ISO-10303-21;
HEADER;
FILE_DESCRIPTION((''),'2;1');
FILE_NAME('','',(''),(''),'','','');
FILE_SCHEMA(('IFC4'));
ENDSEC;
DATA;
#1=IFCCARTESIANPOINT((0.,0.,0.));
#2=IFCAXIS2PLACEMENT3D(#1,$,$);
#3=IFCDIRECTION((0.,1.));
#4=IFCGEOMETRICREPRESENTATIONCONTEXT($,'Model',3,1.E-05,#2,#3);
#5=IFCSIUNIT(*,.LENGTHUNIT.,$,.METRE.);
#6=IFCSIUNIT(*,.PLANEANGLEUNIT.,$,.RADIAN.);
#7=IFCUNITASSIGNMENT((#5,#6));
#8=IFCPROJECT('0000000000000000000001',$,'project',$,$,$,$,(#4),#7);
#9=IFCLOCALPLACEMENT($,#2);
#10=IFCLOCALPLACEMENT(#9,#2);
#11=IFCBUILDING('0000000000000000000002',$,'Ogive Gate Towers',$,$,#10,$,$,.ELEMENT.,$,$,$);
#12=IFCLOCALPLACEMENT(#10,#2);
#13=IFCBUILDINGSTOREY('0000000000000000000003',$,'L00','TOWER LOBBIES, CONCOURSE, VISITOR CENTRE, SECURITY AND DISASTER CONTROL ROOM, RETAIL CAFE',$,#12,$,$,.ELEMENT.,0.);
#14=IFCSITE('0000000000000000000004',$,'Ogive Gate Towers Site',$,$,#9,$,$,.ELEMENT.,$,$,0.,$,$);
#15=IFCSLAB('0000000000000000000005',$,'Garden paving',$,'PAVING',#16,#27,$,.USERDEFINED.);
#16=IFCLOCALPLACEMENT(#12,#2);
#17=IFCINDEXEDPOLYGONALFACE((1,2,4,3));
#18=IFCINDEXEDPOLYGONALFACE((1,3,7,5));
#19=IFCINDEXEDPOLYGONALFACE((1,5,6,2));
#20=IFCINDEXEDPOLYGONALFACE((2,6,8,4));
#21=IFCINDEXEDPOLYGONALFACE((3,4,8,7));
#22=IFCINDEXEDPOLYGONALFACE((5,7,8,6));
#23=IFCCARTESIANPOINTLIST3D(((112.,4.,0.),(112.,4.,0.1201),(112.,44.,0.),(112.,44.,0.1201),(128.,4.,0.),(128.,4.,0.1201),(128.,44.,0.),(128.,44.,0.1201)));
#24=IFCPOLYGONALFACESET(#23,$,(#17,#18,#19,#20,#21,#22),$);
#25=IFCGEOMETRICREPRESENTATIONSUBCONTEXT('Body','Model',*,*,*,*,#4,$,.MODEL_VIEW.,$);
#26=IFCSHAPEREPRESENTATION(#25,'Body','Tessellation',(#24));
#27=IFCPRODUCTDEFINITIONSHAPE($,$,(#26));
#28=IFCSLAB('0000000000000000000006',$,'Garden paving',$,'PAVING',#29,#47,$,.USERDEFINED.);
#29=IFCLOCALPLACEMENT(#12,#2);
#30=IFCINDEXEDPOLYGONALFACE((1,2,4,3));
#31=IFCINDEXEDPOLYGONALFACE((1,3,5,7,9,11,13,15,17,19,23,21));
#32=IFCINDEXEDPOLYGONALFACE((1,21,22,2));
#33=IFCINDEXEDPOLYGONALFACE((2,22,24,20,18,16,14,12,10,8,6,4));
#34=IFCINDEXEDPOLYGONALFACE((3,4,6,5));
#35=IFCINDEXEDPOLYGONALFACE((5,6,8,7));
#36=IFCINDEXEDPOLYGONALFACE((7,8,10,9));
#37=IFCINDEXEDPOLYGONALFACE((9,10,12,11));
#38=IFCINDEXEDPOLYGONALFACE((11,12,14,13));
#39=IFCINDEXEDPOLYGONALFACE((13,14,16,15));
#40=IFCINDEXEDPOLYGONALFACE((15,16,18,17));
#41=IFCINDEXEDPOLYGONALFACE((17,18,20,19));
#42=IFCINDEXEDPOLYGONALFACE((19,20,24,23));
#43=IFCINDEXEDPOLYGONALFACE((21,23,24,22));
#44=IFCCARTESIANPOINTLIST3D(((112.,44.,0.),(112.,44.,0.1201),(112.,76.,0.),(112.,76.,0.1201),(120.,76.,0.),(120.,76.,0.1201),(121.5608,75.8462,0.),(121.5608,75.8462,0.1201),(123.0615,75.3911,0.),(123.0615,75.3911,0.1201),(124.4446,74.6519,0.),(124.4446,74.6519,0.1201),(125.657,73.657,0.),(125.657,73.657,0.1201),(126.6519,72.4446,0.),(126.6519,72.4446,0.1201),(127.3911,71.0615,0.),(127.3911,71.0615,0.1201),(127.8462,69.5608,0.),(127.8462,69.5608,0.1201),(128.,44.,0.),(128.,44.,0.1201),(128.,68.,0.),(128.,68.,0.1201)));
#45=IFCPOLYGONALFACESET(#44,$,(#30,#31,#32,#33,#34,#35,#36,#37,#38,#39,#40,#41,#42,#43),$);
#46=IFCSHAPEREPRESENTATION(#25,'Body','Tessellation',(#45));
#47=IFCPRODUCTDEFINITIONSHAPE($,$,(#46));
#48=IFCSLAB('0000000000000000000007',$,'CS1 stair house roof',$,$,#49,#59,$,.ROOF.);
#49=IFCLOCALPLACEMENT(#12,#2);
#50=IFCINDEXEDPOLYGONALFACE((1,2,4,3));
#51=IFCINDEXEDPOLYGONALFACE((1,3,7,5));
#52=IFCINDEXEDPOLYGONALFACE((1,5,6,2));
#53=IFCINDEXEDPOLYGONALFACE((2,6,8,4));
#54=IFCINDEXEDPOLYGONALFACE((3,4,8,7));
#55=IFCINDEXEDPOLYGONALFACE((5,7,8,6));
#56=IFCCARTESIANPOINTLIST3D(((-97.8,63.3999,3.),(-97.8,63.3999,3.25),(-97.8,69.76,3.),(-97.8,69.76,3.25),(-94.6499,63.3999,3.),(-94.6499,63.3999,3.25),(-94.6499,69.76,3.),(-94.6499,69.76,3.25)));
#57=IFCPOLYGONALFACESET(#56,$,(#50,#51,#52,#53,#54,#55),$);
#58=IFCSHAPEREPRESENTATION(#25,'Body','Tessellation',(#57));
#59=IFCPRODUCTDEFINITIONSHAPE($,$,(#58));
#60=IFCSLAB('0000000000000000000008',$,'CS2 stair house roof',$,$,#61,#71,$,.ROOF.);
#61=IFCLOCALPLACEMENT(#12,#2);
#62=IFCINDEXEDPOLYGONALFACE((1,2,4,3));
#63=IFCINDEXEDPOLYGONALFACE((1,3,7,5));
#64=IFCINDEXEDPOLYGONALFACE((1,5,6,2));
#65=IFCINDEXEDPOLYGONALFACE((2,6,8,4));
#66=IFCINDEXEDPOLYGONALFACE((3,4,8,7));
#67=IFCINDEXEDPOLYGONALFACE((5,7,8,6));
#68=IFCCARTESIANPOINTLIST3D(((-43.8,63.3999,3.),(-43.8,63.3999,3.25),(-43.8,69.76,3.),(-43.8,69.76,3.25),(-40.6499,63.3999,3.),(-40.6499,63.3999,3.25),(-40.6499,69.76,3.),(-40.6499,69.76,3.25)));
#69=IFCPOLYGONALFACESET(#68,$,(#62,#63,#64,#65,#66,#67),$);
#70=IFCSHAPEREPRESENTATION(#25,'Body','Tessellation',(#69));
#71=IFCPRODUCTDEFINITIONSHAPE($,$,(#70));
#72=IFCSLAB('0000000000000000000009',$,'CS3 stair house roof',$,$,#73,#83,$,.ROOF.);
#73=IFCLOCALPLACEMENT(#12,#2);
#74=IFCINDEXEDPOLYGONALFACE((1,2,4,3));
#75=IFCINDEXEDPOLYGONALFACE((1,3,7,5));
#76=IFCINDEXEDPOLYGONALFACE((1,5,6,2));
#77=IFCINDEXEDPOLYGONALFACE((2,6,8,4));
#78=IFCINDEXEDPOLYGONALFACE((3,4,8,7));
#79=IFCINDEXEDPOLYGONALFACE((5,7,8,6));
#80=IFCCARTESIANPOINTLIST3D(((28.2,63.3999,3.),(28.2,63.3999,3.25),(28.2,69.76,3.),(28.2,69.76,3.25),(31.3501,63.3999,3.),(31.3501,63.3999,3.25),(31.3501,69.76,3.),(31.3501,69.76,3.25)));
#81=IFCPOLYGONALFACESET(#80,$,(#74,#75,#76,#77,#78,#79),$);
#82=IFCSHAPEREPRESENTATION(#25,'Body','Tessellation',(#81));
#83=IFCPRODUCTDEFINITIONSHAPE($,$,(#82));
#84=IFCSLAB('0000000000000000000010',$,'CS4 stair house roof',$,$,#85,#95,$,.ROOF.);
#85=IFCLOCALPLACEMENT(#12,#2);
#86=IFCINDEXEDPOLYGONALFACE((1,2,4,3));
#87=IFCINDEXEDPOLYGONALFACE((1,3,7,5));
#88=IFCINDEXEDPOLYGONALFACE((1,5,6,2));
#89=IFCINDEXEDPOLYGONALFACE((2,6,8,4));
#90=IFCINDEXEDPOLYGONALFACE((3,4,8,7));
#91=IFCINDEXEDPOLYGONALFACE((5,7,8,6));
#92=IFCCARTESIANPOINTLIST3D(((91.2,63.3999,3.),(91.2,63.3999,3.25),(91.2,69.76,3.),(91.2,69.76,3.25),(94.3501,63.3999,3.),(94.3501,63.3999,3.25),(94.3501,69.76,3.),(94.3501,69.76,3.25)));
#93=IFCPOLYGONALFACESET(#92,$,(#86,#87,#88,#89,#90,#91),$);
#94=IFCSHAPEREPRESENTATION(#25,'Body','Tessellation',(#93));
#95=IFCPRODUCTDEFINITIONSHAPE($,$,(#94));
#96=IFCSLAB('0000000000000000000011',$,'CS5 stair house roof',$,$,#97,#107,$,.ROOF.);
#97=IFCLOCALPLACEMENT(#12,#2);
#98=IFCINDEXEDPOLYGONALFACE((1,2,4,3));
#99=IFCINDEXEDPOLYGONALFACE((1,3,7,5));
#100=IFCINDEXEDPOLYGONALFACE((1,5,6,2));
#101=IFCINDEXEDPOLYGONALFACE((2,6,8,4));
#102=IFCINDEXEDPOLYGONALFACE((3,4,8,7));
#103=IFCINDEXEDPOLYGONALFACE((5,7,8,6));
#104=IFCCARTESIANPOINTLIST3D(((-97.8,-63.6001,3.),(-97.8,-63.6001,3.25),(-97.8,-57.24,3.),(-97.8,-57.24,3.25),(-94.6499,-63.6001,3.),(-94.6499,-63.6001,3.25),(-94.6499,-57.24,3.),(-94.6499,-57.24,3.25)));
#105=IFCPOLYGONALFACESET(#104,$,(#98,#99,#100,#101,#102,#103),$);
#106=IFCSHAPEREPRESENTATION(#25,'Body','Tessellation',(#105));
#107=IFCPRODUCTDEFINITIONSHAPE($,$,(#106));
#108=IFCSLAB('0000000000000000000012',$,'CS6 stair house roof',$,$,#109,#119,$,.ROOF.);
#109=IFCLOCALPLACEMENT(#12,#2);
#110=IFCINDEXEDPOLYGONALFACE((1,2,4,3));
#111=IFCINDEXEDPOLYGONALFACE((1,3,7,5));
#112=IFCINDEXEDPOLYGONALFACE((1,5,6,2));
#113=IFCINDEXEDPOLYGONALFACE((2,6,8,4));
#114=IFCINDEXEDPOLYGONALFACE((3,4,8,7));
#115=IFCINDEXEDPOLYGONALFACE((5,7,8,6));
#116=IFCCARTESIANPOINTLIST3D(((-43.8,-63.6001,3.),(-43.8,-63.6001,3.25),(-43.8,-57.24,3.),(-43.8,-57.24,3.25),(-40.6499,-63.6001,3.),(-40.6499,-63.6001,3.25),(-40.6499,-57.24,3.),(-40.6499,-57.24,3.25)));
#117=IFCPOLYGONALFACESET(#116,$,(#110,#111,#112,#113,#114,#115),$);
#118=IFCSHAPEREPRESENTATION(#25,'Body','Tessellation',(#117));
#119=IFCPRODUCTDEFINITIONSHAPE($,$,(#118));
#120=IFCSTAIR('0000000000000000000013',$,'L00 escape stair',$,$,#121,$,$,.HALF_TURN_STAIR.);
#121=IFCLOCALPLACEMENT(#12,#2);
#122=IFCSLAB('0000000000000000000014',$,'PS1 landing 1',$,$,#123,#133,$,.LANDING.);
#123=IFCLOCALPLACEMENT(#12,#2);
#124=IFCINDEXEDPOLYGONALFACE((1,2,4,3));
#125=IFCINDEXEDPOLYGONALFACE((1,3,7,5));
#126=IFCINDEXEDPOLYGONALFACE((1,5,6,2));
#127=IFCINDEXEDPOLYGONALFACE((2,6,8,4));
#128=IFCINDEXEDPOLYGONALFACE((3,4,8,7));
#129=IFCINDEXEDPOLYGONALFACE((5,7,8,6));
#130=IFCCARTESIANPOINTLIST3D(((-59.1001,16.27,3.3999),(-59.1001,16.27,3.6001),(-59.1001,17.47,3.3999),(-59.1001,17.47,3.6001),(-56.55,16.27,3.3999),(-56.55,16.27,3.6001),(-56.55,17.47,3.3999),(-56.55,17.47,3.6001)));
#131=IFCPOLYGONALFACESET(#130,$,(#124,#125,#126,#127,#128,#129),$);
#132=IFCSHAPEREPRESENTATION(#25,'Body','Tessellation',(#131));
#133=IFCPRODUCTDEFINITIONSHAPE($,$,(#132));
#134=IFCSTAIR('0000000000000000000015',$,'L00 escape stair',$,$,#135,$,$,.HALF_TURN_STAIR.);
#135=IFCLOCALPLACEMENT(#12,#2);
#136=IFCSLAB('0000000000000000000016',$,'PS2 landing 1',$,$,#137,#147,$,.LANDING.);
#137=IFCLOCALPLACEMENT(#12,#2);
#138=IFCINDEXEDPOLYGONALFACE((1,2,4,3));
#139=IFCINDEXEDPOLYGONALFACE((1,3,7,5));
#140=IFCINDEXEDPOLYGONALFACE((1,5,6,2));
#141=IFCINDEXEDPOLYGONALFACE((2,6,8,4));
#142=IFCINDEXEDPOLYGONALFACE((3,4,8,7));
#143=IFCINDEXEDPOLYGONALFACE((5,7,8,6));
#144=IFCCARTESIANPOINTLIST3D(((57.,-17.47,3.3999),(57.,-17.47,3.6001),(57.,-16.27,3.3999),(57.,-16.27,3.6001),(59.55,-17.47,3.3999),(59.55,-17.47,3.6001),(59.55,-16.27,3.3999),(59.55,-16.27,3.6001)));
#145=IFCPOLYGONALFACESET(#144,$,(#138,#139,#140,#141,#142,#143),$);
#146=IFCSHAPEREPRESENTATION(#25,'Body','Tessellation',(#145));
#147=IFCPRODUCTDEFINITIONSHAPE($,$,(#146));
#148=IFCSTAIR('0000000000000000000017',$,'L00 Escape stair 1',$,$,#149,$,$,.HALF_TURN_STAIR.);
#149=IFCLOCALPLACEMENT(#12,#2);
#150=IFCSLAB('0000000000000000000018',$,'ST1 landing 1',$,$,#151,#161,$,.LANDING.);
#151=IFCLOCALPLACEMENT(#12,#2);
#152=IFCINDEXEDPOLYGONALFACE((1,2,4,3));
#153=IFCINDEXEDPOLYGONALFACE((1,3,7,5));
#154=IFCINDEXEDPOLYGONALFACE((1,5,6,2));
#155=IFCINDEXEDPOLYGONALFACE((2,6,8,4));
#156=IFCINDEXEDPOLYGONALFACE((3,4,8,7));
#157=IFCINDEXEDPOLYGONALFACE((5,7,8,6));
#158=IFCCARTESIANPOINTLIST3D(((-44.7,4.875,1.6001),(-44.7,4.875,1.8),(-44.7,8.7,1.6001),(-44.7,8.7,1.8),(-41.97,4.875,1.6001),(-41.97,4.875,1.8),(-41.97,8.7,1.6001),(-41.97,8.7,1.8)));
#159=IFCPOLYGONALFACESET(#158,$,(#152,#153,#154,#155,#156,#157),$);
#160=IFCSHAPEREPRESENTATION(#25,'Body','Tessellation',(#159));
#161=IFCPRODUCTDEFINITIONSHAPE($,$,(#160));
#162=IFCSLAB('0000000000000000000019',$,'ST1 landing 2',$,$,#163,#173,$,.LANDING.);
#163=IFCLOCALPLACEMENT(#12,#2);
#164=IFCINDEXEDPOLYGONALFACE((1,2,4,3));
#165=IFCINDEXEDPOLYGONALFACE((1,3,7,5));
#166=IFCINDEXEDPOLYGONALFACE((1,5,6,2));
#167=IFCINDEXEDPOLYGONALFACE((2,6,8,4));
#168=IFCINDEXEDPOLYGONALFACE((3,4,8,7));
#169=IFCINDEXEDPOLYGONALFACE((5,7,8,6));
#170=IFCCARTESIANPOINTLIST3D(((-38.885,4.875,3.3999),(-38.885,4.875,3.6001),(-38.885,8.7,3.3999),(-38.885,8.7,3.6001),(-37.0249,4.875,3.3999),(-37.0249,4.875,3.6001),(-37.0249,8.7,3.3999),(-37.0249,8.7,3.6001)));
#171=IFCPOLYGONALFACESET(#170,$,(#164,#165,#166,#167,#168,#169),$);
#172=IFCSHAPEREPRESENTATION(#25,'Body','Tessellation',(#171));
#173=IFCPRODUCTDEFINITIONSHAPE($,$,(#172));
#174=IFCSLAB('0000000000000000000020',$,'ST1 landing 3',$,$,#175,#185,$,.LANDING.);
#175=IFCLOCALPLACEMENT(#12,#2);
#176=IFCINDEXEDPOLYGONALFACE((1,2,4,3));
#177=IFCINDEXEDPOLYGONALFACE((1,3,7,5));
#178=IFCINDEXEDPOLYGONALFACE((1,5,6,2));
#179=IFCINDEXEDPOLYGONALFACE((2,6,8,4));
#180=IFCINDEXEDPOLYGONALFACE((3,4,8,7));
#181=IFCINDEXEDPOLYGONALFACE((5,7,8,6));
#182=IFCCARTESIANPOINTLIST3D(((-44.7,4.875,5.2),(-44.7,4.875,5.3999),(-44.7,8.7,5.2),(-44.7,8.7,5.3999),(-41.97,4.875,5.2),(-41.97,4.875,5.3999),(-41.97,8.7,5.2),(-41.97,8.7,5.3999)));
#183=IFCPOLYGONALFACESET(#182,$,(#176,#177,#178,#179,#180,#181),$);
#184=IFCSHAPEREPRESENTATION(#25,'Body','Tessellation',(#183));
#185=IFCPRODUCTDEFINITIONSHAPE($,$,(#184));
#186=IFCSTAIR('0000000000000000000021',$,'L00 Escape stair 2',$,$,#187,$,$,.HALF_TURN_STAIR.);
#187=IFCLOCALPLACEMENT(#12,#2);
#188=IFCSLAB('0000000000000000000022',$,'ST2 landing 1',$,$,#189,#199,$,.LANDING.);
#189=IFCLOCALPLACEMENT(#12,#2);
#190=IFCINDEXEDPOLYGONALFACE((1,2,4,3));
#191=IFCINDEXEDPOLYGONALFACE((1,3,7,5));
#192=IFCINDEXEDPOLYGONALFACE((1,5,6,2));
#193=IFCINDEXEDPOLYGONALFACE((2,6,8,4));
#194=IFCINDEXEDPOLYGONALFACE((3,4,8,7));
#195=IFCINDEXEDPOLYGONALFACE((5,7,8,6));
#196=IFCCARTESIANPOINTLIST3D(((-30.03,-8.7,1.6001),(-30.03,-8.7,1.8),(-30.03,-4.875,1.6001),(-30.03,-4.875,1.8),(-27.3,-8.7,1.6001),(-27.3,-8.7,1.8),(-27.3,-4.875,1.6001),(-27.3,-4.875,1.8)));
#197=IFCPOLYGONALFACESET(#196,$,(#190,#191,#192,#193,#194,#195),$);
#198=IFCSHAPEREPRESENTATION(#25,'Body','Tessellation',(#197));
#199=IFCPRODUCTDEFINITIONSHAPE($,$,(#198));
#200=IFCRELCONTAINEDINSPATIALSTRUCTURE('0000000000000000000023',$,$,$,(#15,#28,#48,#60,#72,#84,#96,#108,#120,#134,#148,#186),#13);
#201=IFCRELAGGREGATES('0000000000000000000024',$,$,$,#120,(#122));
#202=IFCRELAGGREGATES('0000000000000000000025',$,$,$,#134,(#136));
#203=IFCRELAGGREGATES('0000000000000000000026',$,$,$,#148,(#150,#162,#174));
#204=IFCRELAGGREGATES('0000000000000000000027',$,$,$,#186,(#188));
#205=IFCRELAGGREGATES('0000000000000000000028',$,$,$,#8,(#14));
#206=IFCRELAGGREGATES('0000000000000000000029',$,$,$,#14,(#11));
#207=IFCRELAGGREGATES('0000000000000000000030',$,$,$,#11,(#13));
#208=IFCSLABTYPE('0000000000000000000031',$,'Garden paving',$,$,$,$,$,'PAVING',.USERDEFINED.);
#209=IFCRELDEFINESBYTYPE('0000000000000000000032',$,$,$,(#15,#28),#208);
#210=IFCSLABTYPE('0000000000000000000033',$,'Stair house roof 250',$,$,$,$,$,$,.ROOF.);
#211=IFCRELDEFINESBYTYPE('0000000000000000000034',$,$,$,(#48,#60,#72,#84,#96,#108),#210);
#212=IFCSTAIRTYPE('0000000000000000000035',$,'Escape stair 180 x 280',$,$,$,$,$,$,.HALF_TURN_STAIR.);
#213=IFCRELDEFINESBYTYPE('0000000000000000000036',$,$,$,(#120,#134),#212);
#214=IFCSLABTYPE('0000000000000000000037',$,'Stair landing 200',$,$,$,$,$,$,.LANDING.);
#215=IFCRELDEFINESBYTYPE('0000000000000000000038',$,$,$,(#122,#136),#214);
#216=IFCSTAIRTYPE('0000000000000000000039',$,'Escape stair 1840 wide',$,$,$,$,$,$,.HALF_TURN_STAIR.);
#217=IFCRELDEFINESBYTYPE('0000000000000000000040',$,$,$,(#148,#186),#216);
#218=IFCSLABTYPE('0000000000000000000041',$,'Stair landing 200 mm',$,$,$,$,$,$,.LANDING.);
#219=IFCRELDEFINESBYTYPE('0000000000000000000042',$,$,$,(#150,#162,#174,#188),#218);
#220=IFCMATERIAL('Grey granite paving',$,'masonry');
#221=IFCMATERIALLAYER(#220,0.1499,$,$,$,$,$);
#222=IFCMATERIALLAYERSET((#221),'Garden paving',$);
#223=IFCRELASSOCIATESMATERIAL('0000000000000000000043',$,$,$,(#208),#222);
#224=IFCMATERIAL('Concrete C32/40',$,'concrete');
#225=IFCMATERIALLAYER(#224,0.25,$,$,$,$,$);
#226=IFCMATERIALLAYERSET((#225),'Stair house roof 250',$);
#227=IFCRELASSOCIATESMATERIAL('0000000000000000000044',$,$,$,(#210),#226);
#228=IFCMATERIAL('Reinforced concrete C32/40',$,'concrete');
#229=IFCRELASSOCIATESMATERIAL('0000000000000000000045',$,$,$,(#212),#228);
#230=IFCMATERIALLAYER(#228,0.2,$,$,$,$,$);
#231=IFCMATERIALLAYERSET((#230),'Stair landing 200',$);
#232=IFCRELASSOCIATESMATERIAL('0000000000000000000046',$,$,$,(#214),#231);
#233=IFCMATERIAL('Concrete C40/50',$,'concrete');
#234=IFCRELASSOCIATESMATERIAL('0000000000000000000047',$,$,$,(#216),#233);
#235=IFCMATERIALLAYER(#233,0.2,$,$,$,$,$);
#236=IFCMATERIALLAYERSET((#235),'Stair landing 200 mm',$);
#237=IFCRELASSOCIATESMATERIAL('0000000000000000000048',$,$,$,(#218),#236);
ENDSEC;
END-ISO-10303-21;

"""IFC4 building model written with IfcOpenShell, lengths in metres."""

from ifc_helpers import new_model, si_unit, direction, frame, origin, place, context, subcontext, project, spatial, polyline, outline, extrude, material, layer, layer_set, type_object, element, aggregate, save


model = new_model("IFC4")

# Units and contexts
model_context = context("Model", 3, precision=1e-05, world=origin(), true_north=direction((0.0, 1.0)))
body_context = subcontext(model_context, "Body", "Model", "MODEL_VIEW")
ifc_project = project(units=[si_unit("LENGTHUNIT", "METRE"), si_unit("PLANEANGLEUNIT", "RADIAN")], contexts=[model_context])

# Site, building, storey
site_placement = place(None, origin())
site = spatial("IfcSite", under=ifc_project, at=site_placement, Name="Ogive Gate Towers Site", CompositionType="ELEMENT", RefElevation=0.0)
building_placement = place(site_placement, origin())
building = spatial("IfcBuilding", under=site, at=building_placement, Name="Ogive Gate Towers", CompositionType="ELEMENT")
storey_placement = place(building_placement, origin())
storey = spatial("IfcBuildingStorey", under=building, at=storey_placement, Name="L00", Description="TOWER LOBBIES, CONCOURSE, VISITOR CENTRE, SECURITY AND DISASTER CONTROL ROOM, RETAIL CAFE", CompositionType="ELEMENT", Elevation=0.0)

# Slabs
ifc_material_1 = material(Name="Grey granite paving", Category="masonry")
ifc_layer_1 = layer(ifc_material_1, 0.1499)
ifc_layer_set_1 = layer_set([ifc_layer_1], Name="Garden paving")
slab_type_1 = type_object("IfcSlabType", Name="Garden paving", ElementType="PAVING", PredefinedType="USERDEFINED", material=ifc_layer_set_1)
slab_1_placement = place(storey_placement, origin())
element("IfcSlab", 1, at=slab_1_placement, inside=storey, type_object=slab_type_1, Name="Garden paving", ObjectType="PAVING", PredefinedType="USERDEFINED", context=body_context, shape_type="SweptSolid", body=[
    extrude(outline(polyline([(128.0, 4.0), (112.0, 4.0), (112.0, 44.0), (128.0, 44.0), (128.0, 4.0)])), origin(), (0.0, 0.0, 1.0), 0.1201),
])
slab_2_placement = place(storey_placement, origin())
element("IfcSlab", 2, at=slab_2_placement, inside=storey, type_object=slab_type_1, Name="Garden paving", ObjectType="PAVING", PredefinedType="USERDEFINED", context=body_context, shape_type="SweptSolid", body=[
    extrude(outline(polyline([(120.0, 76.0), (121.5608, 75.8462), (123.0615, 75.3911), (124.4446, 74.6519), (125.657, 73.657), (126.6519, 72.4446), (127.3911, 71.0615), (127.8462, 69.5608), (128.0, 68.0), (128.0, 44.0), (112.0, 44.0), (112.0, 76.0), (120.0, 76.0)])), origin(), (0.0, 0.0, 1.0), 0.1201),
])
ifc_material_2 = material(Name="Concrete C32/40", Category="concrete")
ifc_layer_2 = layer(ifc_material_2, 0.25)
ifc_layer_set_2 = layer_set([ifc_layer_2], Name="Stair house roof 250")
slab_type_2 = type_object("IfcSlabType", Name="Stair house roof 250", PredefinedType="ROOF", material=ifc_layer_set_2)
slab_3_placement = place(storey_placement, frame((0.0, 0.0, 3.0)))
element("IfcSlab", 3, at=slab_3_placement, inside=storey, type_object=slab_type_2, Name="CS1 stair house roof", PredefinedType="ROOF", context=body_context, shape_type="SweptSolid", body=[
    extrude(outline(polyline([(-94.6499, 63.3999), (-97.8, 63.3999), (-97.8, 69.76), (-94.6499, 69.76), (-94.6499, 63.3999)])), origin(), (0.0, 0.0, 1.0), 0.25),
])
slab_4_placement = place(storey_placement, frame((0.0, 0.0, 3.0)))
element("IfcSlab", 4, at=slab_4_placement, inside=storey, type_object=slab_type_2, Name="CS2 stair house roof", PredefinedType="ROOF", context=body_context, shape_type="SweptSolid", body=[
    extrude(outline(polyline([(-40.6499, 63.3999), (-43.8, 63.3999), (-43.8, 69.76), (-40.6499, 69.76), (-40.6499, 63.3999)])), origin(), (0.0, 0.0, 1.0), 0.25),
])
slab_5_placement = place(storey_placement, frame((0.0, 0.0, 3.0)))
element("IfcSlab", 5, at=slab_5_placement, inside=storey, type_object=slab_type_2, Name="CS3 stair house roof", PredefinedType="ROOF", context=body_context, shape_type="SweptSolid", body=[
    extrude(outline(polyline([(31.3501, 63.3999), (28.2, 63.3999), (28.2, 69.76), (31.3501, 69.76), (31.3501, 63.3999)])), origin(), (0.0, 0.0, 1.0), 0.25),
])
slab_6_placement = place(storey_placement, frame((0.0, 0.0, 3.0)))
element("IfcSlab", 6, at=slab_6_placement, inside=storey, type_object=slab_type_2, Name="CS4 stair house roof", PredefinedType="ROOF", context=body_context, shape_type="SweptSolid", body=[
    extrude(outline(polyline([(94.3501, 63.3999), (91.2, 63.3999), (91.2, 69.76), (94.3501, 69.76), (94.3501, 63.3999)])), origin(), (0.0, 0.0, 1.0), 0.25),
])
slab_7_placement = place(storey_placement, frame((0.0, 0.0, 3.0)))
element("IfcSlab", 7, at=slab_7_placement, inside=storey, type_object=slab_type_2, Name="CS5 stair house roof", PredefinedType="ROOF", context=body_context, shape_type="SweptSolid", body=[
    extrude(outline(polyline([(-94.6499, -63.6001), (-97.8, -63.6001), (-97.8, -57.24), (-94.6499, -57.24), (-94.6499, -63.6001)])), origin(), (0.0, 0.0, 1.0), 0.25),
])
slab_8_placement = place(storey_placement, frame((0.0, 0.0, 3.0)))
element("IfcSlab", 8, at=slab_8_placement, inside=storey, type_object=slab_type_2, Name="CS6 stair house roof", PredefinedType="ROOF", context=body_context, shape_type="SweptSolid", body=[
    extrude(outline(polyline([(-40.6499, -63.6001), (-43.8, -63.6001), (-43.8, -57.24), (-40.6499, -57.24), (-40.6499, -63.6001)])), origin(), (0.0, 0.0, 1.0), 0.25),
])

# Stairs, slabs
ifc_material_3 = material(Name="Reinforced concrete C32/40", Category="concrete")
stair_type_1 = type_object("IfcStairType", Name="Escape stair 180 x 280", PredefinedType="HALF_TURN_STAIR", material=ifc_material_3)
stair_1_placement = place(storey_placement, origin())
stair_1 = element("IfcStair", 9, at=stair_1_placement, inside=storey, type_object=stair_type_1, Name="L00 escape stair", PredefinedType="HALF_TURN_STAIR")
ifc_layer_3 = layer(ifc_material_3, 0.2)
ifc_layer_set_3 = layer_set([ifc_layer_3], Name="Stair landing 200")
slab_type_3 = type_object("IfcSlabType", Name="Stair landing 200", PredefinedType="LANDING", material=ifc_layer_set_3)
slab_9_placement = place(storey_placement, frame((0.0, 0.0, 3.3999)))
slab_9 = element("IfcSlab", 10, at=slab_9_placement, type_object=slab_type_3, Name="PS1 landing 1", PredefinedType="LANDING", context=body_context, shape_type="SweptSolid", body=[
    extrude(outline(polyline([(-56.55, 16.27), (-56.55, 17.47), (-59.1001, 17.47), (-59.1001, 16.27), (-56.55, 16.27)])), origin(), (0.0, 0.0, 1.0), 0.2002),
])
aggregate(stair_1, [slab_9])
stair_2_placement = place(storey_placement, origin())
stair_2 = element("IfcStair", 11, at=stair_2_placement, inside=storey, type_object=stair_type_1, Name="L00 escape stair", PredefinedType="HALF_TURN_STAIR")
slab_10_placement = place(storey_placement, frame((0.0, 0.0, 3.3999)))
slab_10 = element("IfcSlab", 12, at=slab_10_placement, type_object=slab_type_3, Name="PS2 landing 1", PredefinedType="LANDING", context=body_context, shape_type="SweptSolid", body=[
    extrude(outline(polyline([(57.0, -16.27), (57.0, -17.47), (59.55, -17.47), (59.55, -16.27), (57.0, -16.27)])), origin(), (0.0, 0.0, 1.0), 0.2002),
])
aggregate(stair_2, [slab_10])

# Stairs, slabs
ifc_material_4 = material(Name="Concrete C40/50", Category="concrete")
stair_type_2 = type_object("IfcStairType", Name="Escape stair 1840 wide", PredefinedType="HALF_TURN_STAIR", material=ifc_material_4)
stair_3_placement = place(storey_placement, origin())
stair_3 = element("IfcStair", 13, at=stair_3_placement, inside=storey, type_object=stair_type_2, Name="L00 Escape stair 1", PredefinedType="HALF_TURN_STAIR")
ifc_layer_4 = layer(ifc_material_4, 0.2)
ifc_layer_set_4 = layer_set([ifc_layer_4], Name="Stair landing 200 mm")
slab_type_4 = type_object("IfcSlabType", Name="Stair landing 200 mm", PredefinedType="LANDING", material=ifc_layer_set_4)
slab_11_placement = place(storey_placement, frame((0.0, 0.0, 1.6001)))
slab_11 = element("IfcSlab", 14, at=slab_11_placement, type_object=slab_type_4, Name="ST1 landing 1", PredefinedType="LANDING", context=body_context, shape_type="SweptSolid", body=[
    extrude(outline(polyline([(-41.97, 8.7), (-44.7, 8.7), (-44.7, 4.875), (-41.97, 4.875), (-41.97, 8.7)])), origin(), (0.0, 0.0, 1.0), 0.2),
])
slab_12_placement = place(storey_placement, frame((0.0, 0.0, 3.3999)))
slab_12 = element("IfcSlab", 15, at=slab_12_placement, type_object=slab_type_4, Name="ST1 landing 2", PredefinedType="LANDING", context=body_context, shape_type="SweptSolid", body=[
    extrude(outline(polyline([(-37.0249, 8.7), (-38.885, 8.7), (-38.885, 4.875), (-37.0249, 4.875), (-37.0249, 8.7)])), origin(), (0.0, 0.0, 1.0), 0.2002),
])
slab_13_placement = place(storey_placement, frame((0.0, 0.0, 5.2)))
slab_13 = element("IfcSlab", 16, at=slab_13_placement, type_object=slab_type_4, Name="ST1 landing 3", PredefinedType="LANDING", context=body_context, shape_type="SweptSolid", body=[
    extrude(outline(polyline([(-41.97, 8.7), (-44.7, 8.7), (-44.7, 4.875), (-41.97, 4.875), (-41.97, 8.7)])), origin(), (0.0, 0.0, 1.0), 0.2),
])
aggregate(stair_3, [slab_11, slab_12, slab_13])
stair_4_placement = place(storey_placement, origin())
stair_4 = element("IfcStair", 17, at=stair_4_placement, inside=storey, type_object=stair_type_2, Name="L00 Escape stair 2", PredefinedType="HALF_TURN_STAIR")
slab_14_placement = place(storey_placement, frame((0.0, 0.0, 1.6001)))
slab_14 = element("IfcSlab", 18, at=slab_14_placement, type_object=slab_type_4, Name="ST2 landing 1", PredefinedType="LANDING", context=body_context, shape_type="SweptSolid", body=[
    extrude(outline(polyline([(-30.03, -8.7), (-27.3, -8.7), (-27.3, -4.875), (-30.03, -4.875), (-30.03, -8.7)])), origin(), (0.0, 0.0, 1.0), 0.2),
])
aggregate(stair_4, [slab_14])

save(model, "model.ifc")
